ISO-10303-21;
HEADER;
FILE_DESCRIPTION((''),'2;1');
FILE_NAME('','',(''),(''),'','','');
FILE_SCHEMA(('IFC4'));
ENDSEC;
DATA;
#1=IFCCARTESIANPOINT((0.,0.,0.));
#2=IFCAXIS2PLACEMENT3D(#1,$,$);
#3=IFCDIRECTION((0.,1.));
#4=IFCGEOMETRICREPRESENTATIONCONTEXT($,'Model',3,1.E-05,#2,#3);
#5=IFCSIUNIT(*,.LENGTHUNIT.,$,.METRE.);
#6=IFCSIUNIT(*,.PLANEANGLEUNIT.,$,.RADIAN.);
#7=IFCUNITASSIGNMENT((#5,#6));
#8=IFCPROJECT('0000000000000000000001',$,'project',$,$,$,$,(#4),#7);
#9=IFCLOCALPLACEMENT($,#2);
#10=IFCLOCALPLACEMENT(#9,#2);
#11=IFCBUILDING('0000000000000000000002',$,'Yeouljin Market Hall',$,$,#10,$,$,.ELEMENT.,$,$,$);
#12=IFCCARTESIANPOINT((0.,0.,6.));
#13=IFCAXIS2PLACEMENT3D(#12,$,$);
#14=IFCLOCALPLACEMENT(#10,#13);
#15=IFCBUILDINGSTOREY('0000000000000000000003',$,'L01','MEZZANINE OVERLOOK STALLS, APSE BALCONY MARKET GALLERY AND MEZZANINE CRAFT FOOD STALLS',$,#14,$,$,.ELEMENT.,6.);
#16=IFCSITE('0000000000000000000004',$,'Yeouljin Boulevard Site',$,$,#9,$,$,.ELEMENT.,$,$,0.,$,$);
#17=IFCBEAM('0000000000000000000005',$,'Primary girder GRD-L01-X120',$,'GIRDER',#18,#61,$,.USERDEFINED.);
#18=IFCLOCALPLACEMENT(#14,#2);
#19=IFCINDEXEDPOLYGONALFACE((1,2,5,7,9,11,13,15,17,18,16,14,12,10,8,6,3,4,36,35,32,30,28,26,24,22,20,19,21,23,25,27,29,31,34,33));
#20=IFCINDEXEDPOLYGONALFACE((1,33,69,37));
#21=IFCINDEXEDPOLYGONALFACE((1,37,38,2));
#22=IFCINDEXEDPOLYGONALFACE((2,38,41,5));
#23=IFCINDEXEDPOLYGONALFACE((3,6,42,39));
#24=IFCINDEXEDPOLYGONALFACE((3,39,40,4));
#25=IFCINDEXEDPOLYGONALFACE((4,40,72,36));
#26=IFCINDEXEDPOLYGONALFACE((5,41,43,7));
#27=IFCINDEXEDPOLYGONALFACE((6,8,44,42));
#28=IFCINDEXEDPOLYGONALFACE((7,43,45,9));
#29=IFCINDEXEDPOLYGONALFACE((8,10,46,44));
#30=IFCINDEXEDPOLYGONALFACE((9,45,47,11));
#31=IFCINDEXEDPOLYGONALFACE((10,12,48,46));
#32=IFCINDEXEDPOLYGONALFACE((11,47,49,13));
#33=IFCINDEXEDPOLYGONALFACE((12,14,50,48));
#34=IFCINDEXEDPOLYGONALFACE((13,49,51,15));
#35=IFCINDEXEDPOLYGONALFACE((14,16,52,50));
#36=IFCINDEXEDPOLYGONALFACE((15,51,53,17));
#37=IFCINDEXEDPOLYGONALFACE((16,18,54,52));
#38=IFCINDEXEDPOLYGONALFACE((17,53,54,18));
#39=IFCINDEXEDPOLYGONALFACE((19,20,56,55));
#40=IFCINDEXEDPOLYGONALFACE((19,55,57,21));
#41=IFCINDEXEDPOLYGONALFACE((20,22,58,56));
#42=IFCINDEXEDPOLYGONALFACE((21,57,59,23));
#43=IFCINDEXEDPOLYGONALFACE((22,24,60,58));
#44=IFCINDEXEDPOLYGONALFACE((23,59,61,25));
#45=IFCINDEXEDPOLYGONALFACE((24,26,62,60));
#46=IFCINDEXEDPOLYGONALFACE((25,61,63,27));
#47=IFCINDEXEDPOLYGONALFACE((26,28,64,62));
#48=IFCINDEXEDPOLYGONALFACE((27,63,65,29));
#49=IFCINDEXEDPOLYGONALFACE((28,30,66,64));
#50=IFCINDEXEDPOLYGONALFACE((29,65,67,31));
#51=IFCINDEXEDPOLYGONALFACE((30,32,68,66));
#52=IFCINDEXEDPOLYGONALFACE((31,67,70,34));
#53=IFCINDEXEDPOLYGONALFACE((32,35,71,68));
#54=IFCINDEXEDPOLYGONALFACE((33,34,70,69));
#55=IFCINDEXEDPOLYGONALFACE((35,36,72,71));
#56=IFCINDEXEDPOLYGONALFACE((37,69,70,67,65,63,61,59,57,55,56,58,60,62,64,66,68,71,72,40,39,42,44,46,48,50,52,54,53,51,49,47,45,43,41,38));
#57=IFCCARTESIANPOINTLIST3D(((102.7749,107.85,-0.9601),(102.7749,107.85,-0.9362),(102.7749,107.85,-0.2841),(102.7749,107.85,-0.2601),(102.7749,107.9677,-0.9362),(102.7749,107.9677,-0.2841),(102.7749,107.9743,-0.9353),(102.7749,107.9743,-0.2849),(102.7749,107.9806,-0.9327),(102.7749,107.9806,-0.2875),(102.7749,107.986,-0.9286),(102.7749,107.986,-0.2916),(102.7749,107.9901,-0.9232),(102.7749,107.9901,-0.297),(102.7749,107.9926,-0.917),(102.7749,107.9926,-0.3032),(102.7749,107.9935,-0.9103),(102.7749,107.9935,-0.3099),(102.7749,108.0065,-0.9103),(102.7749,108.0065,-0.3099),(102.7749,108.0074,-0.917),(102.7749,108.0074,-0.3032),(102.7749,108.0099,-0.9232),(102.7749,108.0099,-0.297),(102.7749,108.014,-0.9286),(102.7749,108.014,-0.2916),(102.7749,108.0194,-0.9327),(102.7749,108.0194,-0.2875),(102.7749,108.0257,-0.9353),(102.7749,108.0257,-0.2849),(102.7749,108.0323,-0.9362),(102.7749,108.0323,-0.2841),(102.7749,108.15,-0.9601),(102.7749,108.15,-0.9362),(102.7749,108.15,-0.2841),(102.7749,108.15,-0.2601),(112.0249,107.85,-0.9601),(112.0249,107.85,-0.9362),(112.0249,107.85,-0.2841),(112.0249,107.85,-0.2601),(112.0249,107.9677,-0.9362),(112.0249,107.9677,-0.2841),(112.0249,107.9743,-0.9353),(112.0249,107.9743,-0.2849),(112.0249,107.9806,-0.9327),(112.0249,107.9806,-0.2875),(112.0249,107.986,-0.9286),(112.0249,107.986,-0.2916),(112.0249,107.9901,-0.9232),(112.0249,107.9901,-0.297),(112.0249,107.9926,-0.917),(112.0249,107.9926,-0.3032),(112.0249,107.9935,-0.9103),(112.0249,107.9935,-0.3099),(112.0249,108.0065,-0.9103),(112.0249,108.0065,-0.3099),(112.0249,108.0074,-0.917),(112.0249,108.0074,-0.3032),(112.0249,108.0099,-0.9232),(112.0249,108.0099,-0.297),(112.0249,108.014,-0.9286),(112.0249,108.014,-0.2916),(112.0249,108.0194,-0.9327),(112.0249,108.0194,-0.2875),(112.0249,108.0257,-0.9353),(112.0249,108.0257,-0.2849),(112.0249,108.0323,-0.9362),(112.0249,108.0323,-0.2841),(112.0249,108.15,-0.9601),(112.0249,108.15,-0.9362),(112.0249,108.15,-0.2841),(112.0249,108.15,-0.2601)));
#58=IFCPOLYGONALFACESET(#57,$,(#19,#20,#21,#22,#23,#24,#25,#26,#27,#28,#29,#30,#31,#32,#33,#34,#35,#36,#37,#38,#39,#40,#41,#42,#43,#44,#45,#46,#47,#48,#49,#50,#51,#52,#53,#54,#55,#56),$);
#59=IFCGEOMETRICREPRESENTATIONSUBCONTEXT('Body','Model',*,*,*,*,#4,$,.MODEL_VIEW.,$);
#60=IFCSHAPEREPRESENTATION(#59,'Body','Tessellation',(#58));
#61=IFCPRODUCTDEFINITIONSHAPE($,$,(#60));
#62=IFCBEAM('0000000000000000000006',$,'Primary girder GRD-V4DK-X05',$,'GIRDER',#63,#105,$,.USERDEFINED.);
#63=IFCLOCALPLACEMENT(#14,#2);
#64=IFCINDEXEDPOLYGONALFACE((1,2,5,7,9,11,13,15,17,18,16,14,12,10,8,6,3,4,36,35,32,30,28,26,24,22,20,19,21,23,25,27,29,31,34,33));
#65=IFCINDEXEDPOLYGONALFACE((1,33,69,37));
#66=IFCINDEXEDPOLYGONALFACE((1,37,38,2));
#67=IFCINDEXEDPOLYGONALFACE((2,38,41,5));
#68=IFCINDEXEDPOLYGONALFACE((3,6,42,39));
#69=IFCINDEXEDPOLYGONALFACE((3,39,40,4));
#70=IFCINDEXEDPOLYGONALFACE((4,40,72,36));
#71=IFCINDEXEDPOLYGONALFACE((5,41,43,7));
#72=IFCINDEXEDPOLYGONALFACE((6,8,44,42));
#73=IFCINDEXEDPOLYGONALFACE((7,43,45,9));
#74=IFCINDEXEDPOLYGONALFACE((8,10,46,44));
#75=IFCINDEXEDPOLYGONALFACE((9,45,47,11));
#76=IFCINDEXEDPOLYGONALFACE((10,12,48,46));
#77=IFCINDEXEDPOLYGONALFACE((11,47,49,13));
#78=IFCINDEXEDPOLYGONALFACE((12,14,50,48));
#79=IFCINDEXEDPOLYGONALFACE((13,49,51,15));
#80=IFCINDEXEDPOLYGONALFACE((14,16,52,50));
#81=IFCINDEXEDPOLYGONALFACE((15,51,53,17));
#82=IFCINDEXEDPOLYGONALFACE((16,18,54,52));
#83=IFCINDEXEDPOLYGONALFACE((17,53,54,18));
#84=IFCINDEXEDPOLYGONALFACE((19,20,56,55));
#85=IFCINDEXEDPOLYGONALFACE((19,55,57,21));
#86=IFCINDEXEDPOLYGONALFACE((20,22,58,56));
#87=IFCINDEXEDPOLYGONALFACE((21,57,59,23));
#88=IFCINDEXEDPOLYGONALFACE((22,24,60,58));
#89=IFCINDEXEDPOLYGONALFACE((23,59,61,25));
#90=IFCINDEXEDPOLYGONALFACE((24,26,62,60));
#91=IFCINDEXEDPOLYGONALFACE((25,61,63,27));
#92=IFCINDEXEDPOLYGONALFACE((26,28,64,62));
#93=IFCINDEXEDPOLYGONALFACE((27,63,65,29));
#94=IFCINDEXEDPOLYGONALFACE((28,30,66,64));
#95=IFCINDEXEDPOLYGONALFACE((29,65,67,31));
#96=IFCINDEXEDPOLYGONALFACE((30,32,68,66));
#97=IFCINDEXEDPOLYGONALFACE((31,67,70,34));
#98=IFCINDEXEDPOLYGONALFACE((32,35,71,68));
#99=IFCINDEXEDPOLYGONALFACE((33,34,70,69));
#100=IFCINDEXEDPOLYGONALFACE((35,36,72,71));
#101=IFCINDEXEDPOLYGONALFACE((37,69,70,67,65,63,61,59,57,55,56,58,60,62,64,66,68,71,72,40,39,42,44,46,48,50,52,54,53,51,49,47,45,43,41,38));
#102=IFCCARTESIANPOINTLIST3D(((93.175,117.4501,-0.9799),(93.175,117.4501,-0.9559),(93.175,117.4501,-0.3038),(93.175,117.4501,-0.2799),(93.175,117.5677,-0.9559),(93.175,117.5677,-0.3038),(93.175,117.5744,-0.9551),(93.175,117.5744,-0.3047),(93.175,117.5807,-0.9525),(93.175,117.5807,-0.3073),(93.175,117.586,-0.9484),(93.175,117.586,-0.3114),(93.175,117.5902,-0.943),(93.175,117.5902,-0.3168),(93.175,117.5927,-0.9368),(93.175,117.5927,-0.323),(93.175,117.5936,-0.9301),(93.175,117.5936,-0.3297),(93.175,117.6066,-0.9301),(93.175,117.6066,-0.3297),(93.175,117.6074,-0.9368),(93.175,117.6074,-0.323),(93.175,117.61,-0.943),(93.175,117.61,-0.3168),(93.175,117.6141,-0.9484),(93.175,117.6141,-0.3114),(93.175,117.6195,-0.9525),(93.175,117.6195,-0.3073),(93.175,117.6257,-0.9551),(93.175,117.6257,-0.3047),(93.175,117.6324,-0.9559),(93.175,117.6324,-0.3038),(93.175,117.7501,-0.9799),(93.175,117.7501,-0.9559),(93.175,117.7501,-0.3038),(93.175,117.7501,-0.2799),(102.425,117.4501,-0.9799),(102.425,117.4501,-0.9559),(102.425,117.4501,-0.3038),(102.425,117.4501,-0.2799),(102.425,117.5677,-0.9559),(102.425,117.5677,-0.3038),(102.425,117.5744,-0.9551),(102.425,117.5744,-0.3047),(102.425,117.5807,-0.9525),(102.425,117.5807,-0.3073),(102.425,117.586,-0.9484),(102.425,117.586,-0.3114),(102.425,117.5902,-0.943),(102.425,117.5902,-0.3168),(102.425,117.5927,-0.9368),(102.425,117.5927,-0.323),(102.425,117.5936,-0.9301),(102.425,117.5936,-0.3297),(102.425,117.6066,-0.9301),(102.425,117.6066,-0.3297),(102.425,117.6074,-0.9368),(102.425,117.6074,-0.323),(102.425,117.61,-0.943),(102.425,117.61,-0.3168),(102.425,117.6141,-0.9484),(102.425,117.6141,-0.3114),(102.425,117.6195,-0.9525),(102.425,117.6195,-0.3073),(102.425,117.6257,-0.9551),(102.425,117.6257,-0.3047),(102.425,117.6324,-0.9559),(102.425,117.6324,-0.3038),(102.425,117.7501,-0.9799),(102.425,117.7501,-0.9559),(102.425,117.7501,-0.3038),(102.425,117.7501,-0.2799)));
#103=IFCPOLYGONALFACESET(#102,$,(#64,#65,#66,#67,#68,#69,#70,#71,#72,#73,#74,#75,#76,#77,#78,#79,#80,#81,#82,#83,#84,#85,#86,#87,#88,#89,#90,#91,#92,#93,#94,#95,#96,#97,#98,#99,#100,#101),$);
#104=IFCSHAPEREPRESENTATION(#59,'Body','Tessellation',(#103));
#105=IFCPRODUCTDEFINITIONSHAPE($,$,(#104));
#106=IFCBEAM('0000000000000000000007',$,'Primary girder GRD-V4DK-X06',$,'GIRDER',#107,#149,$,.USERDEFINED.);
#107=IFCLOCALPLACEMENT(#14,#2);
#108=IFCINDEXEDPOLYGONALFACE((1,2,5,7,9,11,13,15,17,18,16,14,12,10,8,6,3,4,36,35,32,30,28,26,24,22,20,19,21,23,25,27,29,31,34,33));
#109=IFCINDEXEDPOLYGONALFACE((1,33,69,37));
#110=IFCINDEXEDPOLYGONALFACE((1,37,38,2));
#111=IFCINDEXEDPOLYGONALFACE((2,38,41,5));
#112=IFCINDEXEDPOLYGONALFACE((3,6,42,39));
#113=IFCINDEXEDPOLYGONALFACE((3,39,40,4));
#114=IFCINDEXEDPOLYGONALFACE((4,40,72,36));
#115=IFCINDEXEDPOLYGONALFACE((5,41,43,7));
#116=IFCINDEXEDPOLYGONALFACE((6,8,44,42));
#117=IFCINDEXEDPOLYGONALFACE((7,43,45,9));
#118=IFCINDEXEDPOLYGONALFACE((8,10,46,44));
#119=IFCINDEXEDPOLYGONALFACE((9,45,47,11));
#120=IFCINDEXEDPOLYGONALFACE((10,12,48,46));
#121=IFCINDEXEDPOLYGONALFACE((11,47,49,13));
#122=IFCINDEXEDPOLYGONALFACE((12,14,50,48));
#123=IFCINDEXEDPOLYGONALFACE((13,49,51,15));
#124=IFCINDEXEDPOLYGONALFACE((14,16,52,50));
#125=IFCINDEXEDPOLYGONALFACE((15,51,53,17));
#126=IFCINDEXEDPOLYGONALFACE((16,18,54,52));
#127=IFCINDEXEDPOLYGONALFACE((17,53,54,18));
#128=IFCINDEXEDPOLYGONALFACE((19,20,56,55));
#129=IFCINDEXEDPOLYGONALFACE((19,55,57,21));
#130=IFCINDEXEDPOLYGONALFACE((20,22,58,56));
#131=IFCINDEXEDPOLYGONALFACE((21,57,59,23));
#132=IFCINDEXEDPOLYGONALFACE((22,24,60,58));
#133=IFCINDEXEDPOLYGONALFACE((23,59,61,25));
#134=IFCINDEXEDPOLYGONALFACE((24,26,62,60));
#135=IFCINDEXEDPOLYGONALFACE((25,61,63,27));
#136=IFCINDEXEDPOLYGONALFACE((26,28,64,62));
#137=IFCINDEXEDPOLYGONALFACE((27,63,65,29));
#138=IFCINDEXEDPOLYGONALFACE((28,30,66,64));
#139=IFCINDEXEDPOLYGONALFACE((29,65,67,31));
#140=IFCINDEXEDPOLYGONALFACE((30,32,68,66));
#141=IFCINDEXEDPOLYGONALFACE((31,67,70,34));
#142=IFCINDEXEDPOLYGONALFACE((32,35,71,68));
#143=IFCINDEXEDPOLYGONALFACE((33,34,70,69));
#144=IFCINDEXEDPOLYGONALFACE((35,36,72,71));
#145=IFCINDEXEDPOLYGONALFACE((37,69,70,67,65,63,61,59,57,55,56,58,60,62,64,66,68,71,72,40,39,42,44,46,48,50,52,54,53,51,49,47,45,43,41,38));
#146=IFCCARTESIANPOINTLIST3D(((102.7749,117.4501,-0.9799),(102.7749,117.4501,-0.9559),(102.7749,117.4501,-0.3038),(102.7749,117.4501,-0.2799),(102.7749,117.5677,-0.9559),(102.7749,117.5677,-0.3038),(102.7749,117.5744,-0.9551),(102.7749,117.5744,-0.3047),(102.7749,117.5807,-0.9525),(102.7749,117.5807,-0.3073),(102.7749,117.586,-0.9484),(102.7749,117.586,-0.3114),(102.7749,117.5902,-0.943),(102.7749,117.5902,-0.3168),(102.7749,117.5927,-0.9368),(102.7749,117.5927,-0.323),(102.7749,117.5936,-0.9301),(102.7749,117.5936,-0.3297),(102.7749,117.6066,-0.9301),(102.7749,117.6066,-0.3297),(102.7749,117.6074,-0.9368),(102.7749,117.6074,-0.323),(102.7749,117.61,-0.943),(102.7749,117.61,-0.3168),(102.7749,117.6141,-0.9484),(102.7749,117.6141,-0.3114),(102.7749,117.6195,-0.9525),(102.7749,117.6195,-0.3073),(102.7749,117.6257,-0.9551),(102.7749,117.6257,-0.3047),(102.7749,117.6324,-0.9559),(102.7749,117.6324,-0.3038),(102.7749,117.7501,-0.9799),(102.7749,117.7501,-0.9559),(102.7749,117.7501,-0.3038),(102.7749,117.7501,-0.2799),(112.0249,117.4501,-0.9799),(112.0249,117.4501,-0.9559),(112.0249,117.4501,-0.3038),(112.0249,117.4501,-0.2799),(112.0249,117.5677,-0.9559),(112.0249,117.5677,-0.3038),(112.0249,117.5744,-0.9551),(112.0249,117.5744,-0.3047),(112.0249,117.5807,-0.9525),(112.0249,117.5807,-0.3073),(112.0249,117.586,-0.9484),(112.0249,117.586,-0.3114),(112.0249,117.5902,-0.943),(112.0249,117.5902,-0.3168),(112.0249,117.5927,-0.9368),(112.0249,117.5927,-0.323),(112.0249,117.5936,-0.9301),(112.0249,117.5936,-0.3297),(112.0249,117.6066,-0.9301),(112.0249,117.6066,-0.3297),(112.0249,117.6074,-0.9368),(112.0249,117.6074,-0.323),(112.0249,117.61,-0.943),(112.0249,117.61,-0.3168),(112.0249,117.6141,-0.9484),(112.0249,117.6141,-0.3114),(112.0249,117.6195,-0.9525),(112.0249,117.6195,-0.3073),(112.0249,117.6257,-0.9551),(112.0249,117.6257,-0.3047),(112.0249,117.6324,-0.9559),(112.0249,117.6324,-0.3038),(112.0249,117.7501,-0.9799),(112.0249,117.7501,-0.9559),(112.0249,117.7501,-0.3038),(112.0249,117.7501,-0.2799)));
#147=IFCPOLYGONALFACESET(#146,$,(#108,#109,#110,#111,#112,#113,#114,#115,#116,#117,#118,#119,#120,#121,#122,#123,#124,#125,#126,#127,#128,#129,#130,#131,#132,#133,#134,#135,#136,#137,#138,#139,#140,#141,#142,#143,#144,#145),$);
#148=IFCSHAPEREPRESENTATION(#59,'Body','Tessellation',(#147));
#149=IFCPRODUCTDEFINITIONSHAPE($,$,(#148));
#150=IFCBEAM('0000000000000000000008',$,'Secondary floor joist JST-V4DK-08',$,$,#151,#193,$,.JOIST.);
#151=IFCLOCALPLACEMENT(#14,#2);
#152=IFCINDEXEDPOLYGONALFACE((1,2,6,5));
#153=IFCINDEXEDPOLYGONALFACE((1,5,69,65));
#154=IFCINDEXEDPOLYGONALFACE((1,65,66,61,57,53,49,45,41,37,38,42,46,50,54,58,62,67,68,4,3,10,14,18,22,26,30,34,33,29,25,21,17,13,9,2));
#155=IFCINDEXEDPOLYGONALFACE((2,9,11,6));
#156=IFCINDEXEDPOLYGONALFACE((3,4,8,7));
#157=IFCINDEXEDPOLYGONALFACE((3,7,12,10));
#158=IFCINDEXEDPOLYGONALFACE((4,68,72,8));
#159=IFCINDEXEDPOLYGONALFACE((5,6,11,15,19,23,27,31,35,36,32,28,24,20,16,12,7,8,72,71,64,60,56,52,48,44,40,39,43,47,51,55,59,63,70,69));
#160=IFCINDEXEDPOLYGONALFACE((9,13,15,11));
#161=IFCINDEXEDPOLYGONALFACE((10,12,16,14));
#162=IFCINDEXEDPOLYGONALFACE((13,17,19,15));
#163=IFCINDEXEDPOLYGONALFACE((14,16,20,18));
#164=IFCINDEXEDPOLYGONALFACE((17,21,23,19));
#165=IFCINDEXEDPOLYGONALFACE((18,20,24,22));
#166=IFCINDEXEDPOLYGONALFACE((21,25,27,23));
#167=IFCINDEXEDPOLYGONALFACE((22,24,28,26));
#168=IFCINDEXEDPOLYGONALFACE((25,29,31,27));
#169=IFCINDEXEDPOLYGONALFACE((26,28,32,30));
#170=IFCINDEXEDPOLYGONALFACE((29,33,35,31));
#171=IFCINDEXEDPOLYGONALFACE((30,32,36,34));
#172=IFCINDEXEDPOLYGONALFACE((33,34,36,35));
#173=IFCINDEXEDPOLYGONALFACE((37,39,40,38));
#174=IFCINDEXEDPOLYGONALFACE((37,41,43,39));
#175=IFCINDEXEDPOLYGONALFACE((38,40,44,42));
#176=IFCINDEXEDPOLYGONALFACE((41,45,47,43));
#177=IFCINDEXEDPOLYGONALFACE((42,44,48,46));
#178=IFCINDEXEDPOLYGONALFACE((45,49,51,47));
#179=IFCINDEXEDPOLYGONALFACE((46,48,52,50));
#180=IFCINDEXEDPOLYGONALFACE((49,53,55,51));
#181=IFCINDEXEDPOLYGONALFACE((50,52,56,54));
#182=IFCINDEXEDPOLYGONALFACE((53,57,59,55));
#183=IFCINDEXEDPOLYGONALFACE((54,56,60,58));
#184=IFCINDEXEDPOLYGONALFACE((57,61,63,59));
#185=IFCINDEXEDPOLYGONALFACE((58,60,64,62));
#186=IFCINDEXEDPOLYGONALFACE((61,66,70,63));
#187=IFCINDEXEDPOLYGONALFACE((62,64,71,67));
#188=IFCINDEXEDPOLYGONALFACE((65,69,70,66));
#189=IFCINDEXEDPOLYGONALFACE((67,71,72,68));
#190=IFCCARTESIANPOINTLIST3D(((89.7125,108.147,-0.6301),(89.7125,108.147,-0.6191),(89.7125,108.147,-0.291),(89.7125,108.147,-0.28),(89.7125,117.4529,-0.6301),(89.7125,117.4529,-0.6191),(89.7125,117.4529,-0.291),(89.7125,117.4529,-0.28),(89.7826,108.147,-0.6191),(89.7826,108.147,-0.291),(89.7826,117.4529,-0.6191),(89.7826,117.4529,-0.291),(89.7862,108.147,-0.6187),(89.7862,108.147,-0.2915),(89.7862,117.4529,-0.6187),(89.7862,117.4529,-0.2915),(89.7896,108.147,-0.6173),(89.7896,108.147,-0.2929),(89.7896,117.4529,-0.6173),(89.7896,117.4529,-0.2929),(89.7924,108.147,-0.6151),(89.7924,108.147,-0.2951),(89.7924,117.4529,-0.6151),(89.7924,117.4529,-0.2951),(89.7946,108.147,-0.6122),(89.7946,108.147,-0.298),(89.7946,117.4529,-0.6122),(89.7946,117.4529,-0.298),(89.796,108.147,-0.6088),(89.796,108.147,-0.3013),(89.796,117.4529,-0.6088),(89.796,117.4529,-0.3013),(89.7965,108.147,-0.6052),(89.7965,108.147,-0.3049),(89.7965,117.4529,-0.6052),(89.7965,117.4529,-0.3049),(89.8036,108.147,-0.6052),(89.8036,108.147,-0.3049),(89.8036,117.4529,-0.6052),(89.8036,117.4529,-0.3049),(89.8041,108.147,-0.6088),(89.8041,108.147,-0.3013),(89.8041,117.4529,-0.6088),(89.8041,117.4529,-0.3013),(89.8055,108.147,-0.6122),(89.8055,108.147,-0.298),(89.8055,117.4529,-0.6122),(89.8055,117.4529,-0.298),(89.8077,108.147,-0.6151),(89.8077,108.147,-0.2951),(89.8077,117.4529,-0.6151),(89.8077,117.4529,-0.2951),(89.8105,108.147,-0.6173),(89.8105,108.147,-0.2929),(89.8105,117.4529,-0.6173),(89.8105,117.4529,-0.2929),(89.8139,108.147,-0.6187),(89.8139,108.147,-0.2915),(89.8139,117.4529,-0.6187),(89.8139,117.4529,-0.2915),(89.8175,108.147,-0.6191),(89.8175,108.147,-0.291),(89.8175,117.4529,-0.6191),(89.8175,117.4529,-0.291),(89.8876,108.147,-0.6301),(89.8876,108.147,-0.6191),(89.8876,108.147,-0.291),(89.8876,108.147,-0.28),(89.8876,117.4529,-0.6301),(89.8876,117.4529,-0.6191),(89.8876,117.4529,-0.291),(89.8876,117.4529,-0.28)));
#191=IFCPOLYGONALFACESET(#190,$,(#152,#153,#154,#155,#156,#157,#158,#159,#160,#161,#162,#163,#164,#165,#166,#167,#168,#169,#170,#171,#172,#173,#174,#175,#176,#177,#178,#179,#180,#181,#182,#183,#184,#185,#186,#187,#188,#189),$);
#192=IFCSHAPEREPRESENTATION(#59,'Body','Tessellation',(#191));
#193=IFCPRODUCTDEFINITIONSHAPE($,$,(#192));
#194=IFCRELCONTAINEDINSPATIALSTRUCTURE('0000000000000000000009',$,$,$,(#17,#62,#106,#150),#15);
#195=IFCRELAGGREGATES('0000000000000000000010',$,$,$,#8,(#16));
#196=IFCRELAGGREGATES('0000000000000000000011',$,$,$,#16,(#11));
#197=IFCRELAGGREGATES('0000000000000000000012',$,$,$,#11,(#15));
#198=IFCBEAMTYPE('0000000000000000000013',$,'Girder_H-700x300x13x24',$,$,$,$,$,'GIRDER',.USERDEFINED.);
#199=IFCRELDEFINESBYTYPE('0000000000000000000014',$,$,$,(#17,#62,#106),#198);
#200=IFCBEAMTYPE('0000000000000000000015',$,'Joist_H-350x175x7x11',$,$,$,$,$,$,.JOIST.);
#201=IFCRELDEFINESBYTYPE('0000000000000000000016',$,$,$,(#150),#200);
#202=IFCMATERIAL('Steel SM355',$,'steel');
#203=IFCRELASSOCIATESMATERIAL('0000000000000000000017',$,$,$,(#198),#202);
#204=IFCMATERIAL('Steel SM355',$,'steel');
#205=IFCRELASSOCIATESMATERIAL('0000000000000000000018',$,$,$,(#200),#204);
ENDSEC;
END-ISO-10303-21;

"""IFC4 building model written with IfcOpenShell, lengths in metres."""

from ifc_helpers import new_model, si_unit, direction, frame, origin, origin_2d, place, context, subcontext, project, spatial, i_section, extrude, material, material_profile, profile_set, type_object, element, save


model = new_model("IFC4")

# Units and contexts
model_context = context("Model", 3, precision=1e-05, world=origin(), true_north=direction((0.0, 1.0)))
body_context = subcontext(model_context, "Body", "Model", "MODEL_VIEW")
ifc_project = project(units=[si_unit("LENGTHUNIT", "METRE"), si_unit("PLANEANGLEUNIT", "RADIAN")], contexts=[model_context])

# Site, building, storey
site_placement = place(None, origin())
site = spatial("IfcSite", under=ifc_project, at=site_placement, Name="Yeouljin Boulevard Site", CompositionType="ELEMENT", RefElevation=0.0)
building_placement = place(site_placement, origin())
building = spatial("IfcBuilding", under=site, at=building_placement, Name="Yeouljin Market Hall", CompositionType="ELEMENT")
storey_placement = place(building_placement, frame((0.0, 0.0, 6.0)))
storey = spatial("IfcBuildingStorey", under=building, at=storey_placement, Name="L01", Description="MEZZANINE OVERLOOK STALLS, APSE BALCONY MARKET GALLERY AND MEZZANINE CRAFT FOOD STALLS", CompositionType="ELEMENT", Elevation=6.0)

# Beams
ifc_material_1 = material(Name="Steel SM355", Category="steel")
ifc_material_profile_1 = material_profile(ifc_material_1, i_section(OverallWidth=0.3, OverallDepth=0.7, WebThickness=0.0129, FlangeThickness=0.0239, FilletRadius=0.0259, at=origin_2d()), Name="H-700x300x13x24")
ifc_profile_set_1 = profile_set([ifc_material_profile_1], Name="Steel SM355")
beam_type_1 = type_object("IfcBeamType", Name="Girder_H-700x300x13x24", ElementType="GIRDER", PredefinedType="USERDEFINED", material=ifc_profile_set_1)
for number, where, z_axis, x_axis, name in (
    (1, (102.7749, 108.0, -0.6101), (1.0, 0.0, 0.0), (0.0, 1.0, 0.0), "Primary girder GRD-L01-X120"),
    (2, (93.175, 117.6001, -0.6299), (1.0, 0.0, 0.0), (0.0, 1.0, 0.0), "Primary girder GRD-V4DK-X05"),
    (3, (102.7749, 117.6001, -0.6299), (1.0, 0.0, 0.0), (0.0, 1.0, 0.0), "Primary girder GRD-V4DK-X06"),
):
    element("IfcBeam", number, at=place(storey_placement, frame(where, z_axis=z_axis, x_axis=x_axis)), inside=storey, type_object=beam_type_1, Name=name, ObjectType="GIRDER", PredefinedType="USERDEFINED", context=body_context, shape_type="SweptSolid", body=[
        extrude(i_section(OverallWidth=0.3, OverallDepth=0.7, WebThickness=0.0129, FlangeThickness=0.0239, FilletRadius=0.0259, at=origin_2d()), origin(), (0.0, 0.0, 1.0), 9.25),
    ])
ifc_material_2 = material(Name="Steel SM355", Category="steel")
ifc_material_profile_2 = material_profile(ifc_material_2, i_section(OverallWidth=0.175, OverallDepth=0.3501, WebThickness=0.0071, FlangeThickness=0.011, FilletRadius=0.0139, at=origin_2d()), Name="H-350x175x7x11")
ifc_profile_set_2 = profile_set([ifc_material_profile_2], Name="Steel SM355")
beam_type_2 = type_object("IfcBeamType", Name="Joist_H-350x175x7x11", PredefinedType="JOIST", material=ifc_profile_set_2)
for number, where, z_axis, x_axis, name in (
    (4, (89.8, 108.147, -0.4551), (0.0, 1.0, 0.0), (-1.0, 0.0, 0.0), "Secondary floor joist JST-V4DK-08"),
):
    element("IfcBeam", number, at=place(storey_placement, frame(where, z_axis=z_axis, x_axis=x_axis)), inside=storey, type_object=beam_type_2, Name=name, PredefinedType="JOIST", context=body_context, shape_type="SweptSolid", body=[
        extrude(i_section(OverallWidth=0.175, OverallDepth=0.3501, WebThickness=0.0071, FlangeThickness=0.011, FilletRadius=0.0139, at=origin_2d()), origin(), (0.0, 0.0, 1.0), 9.3059),
    ])

save(model, "model.ifc")
